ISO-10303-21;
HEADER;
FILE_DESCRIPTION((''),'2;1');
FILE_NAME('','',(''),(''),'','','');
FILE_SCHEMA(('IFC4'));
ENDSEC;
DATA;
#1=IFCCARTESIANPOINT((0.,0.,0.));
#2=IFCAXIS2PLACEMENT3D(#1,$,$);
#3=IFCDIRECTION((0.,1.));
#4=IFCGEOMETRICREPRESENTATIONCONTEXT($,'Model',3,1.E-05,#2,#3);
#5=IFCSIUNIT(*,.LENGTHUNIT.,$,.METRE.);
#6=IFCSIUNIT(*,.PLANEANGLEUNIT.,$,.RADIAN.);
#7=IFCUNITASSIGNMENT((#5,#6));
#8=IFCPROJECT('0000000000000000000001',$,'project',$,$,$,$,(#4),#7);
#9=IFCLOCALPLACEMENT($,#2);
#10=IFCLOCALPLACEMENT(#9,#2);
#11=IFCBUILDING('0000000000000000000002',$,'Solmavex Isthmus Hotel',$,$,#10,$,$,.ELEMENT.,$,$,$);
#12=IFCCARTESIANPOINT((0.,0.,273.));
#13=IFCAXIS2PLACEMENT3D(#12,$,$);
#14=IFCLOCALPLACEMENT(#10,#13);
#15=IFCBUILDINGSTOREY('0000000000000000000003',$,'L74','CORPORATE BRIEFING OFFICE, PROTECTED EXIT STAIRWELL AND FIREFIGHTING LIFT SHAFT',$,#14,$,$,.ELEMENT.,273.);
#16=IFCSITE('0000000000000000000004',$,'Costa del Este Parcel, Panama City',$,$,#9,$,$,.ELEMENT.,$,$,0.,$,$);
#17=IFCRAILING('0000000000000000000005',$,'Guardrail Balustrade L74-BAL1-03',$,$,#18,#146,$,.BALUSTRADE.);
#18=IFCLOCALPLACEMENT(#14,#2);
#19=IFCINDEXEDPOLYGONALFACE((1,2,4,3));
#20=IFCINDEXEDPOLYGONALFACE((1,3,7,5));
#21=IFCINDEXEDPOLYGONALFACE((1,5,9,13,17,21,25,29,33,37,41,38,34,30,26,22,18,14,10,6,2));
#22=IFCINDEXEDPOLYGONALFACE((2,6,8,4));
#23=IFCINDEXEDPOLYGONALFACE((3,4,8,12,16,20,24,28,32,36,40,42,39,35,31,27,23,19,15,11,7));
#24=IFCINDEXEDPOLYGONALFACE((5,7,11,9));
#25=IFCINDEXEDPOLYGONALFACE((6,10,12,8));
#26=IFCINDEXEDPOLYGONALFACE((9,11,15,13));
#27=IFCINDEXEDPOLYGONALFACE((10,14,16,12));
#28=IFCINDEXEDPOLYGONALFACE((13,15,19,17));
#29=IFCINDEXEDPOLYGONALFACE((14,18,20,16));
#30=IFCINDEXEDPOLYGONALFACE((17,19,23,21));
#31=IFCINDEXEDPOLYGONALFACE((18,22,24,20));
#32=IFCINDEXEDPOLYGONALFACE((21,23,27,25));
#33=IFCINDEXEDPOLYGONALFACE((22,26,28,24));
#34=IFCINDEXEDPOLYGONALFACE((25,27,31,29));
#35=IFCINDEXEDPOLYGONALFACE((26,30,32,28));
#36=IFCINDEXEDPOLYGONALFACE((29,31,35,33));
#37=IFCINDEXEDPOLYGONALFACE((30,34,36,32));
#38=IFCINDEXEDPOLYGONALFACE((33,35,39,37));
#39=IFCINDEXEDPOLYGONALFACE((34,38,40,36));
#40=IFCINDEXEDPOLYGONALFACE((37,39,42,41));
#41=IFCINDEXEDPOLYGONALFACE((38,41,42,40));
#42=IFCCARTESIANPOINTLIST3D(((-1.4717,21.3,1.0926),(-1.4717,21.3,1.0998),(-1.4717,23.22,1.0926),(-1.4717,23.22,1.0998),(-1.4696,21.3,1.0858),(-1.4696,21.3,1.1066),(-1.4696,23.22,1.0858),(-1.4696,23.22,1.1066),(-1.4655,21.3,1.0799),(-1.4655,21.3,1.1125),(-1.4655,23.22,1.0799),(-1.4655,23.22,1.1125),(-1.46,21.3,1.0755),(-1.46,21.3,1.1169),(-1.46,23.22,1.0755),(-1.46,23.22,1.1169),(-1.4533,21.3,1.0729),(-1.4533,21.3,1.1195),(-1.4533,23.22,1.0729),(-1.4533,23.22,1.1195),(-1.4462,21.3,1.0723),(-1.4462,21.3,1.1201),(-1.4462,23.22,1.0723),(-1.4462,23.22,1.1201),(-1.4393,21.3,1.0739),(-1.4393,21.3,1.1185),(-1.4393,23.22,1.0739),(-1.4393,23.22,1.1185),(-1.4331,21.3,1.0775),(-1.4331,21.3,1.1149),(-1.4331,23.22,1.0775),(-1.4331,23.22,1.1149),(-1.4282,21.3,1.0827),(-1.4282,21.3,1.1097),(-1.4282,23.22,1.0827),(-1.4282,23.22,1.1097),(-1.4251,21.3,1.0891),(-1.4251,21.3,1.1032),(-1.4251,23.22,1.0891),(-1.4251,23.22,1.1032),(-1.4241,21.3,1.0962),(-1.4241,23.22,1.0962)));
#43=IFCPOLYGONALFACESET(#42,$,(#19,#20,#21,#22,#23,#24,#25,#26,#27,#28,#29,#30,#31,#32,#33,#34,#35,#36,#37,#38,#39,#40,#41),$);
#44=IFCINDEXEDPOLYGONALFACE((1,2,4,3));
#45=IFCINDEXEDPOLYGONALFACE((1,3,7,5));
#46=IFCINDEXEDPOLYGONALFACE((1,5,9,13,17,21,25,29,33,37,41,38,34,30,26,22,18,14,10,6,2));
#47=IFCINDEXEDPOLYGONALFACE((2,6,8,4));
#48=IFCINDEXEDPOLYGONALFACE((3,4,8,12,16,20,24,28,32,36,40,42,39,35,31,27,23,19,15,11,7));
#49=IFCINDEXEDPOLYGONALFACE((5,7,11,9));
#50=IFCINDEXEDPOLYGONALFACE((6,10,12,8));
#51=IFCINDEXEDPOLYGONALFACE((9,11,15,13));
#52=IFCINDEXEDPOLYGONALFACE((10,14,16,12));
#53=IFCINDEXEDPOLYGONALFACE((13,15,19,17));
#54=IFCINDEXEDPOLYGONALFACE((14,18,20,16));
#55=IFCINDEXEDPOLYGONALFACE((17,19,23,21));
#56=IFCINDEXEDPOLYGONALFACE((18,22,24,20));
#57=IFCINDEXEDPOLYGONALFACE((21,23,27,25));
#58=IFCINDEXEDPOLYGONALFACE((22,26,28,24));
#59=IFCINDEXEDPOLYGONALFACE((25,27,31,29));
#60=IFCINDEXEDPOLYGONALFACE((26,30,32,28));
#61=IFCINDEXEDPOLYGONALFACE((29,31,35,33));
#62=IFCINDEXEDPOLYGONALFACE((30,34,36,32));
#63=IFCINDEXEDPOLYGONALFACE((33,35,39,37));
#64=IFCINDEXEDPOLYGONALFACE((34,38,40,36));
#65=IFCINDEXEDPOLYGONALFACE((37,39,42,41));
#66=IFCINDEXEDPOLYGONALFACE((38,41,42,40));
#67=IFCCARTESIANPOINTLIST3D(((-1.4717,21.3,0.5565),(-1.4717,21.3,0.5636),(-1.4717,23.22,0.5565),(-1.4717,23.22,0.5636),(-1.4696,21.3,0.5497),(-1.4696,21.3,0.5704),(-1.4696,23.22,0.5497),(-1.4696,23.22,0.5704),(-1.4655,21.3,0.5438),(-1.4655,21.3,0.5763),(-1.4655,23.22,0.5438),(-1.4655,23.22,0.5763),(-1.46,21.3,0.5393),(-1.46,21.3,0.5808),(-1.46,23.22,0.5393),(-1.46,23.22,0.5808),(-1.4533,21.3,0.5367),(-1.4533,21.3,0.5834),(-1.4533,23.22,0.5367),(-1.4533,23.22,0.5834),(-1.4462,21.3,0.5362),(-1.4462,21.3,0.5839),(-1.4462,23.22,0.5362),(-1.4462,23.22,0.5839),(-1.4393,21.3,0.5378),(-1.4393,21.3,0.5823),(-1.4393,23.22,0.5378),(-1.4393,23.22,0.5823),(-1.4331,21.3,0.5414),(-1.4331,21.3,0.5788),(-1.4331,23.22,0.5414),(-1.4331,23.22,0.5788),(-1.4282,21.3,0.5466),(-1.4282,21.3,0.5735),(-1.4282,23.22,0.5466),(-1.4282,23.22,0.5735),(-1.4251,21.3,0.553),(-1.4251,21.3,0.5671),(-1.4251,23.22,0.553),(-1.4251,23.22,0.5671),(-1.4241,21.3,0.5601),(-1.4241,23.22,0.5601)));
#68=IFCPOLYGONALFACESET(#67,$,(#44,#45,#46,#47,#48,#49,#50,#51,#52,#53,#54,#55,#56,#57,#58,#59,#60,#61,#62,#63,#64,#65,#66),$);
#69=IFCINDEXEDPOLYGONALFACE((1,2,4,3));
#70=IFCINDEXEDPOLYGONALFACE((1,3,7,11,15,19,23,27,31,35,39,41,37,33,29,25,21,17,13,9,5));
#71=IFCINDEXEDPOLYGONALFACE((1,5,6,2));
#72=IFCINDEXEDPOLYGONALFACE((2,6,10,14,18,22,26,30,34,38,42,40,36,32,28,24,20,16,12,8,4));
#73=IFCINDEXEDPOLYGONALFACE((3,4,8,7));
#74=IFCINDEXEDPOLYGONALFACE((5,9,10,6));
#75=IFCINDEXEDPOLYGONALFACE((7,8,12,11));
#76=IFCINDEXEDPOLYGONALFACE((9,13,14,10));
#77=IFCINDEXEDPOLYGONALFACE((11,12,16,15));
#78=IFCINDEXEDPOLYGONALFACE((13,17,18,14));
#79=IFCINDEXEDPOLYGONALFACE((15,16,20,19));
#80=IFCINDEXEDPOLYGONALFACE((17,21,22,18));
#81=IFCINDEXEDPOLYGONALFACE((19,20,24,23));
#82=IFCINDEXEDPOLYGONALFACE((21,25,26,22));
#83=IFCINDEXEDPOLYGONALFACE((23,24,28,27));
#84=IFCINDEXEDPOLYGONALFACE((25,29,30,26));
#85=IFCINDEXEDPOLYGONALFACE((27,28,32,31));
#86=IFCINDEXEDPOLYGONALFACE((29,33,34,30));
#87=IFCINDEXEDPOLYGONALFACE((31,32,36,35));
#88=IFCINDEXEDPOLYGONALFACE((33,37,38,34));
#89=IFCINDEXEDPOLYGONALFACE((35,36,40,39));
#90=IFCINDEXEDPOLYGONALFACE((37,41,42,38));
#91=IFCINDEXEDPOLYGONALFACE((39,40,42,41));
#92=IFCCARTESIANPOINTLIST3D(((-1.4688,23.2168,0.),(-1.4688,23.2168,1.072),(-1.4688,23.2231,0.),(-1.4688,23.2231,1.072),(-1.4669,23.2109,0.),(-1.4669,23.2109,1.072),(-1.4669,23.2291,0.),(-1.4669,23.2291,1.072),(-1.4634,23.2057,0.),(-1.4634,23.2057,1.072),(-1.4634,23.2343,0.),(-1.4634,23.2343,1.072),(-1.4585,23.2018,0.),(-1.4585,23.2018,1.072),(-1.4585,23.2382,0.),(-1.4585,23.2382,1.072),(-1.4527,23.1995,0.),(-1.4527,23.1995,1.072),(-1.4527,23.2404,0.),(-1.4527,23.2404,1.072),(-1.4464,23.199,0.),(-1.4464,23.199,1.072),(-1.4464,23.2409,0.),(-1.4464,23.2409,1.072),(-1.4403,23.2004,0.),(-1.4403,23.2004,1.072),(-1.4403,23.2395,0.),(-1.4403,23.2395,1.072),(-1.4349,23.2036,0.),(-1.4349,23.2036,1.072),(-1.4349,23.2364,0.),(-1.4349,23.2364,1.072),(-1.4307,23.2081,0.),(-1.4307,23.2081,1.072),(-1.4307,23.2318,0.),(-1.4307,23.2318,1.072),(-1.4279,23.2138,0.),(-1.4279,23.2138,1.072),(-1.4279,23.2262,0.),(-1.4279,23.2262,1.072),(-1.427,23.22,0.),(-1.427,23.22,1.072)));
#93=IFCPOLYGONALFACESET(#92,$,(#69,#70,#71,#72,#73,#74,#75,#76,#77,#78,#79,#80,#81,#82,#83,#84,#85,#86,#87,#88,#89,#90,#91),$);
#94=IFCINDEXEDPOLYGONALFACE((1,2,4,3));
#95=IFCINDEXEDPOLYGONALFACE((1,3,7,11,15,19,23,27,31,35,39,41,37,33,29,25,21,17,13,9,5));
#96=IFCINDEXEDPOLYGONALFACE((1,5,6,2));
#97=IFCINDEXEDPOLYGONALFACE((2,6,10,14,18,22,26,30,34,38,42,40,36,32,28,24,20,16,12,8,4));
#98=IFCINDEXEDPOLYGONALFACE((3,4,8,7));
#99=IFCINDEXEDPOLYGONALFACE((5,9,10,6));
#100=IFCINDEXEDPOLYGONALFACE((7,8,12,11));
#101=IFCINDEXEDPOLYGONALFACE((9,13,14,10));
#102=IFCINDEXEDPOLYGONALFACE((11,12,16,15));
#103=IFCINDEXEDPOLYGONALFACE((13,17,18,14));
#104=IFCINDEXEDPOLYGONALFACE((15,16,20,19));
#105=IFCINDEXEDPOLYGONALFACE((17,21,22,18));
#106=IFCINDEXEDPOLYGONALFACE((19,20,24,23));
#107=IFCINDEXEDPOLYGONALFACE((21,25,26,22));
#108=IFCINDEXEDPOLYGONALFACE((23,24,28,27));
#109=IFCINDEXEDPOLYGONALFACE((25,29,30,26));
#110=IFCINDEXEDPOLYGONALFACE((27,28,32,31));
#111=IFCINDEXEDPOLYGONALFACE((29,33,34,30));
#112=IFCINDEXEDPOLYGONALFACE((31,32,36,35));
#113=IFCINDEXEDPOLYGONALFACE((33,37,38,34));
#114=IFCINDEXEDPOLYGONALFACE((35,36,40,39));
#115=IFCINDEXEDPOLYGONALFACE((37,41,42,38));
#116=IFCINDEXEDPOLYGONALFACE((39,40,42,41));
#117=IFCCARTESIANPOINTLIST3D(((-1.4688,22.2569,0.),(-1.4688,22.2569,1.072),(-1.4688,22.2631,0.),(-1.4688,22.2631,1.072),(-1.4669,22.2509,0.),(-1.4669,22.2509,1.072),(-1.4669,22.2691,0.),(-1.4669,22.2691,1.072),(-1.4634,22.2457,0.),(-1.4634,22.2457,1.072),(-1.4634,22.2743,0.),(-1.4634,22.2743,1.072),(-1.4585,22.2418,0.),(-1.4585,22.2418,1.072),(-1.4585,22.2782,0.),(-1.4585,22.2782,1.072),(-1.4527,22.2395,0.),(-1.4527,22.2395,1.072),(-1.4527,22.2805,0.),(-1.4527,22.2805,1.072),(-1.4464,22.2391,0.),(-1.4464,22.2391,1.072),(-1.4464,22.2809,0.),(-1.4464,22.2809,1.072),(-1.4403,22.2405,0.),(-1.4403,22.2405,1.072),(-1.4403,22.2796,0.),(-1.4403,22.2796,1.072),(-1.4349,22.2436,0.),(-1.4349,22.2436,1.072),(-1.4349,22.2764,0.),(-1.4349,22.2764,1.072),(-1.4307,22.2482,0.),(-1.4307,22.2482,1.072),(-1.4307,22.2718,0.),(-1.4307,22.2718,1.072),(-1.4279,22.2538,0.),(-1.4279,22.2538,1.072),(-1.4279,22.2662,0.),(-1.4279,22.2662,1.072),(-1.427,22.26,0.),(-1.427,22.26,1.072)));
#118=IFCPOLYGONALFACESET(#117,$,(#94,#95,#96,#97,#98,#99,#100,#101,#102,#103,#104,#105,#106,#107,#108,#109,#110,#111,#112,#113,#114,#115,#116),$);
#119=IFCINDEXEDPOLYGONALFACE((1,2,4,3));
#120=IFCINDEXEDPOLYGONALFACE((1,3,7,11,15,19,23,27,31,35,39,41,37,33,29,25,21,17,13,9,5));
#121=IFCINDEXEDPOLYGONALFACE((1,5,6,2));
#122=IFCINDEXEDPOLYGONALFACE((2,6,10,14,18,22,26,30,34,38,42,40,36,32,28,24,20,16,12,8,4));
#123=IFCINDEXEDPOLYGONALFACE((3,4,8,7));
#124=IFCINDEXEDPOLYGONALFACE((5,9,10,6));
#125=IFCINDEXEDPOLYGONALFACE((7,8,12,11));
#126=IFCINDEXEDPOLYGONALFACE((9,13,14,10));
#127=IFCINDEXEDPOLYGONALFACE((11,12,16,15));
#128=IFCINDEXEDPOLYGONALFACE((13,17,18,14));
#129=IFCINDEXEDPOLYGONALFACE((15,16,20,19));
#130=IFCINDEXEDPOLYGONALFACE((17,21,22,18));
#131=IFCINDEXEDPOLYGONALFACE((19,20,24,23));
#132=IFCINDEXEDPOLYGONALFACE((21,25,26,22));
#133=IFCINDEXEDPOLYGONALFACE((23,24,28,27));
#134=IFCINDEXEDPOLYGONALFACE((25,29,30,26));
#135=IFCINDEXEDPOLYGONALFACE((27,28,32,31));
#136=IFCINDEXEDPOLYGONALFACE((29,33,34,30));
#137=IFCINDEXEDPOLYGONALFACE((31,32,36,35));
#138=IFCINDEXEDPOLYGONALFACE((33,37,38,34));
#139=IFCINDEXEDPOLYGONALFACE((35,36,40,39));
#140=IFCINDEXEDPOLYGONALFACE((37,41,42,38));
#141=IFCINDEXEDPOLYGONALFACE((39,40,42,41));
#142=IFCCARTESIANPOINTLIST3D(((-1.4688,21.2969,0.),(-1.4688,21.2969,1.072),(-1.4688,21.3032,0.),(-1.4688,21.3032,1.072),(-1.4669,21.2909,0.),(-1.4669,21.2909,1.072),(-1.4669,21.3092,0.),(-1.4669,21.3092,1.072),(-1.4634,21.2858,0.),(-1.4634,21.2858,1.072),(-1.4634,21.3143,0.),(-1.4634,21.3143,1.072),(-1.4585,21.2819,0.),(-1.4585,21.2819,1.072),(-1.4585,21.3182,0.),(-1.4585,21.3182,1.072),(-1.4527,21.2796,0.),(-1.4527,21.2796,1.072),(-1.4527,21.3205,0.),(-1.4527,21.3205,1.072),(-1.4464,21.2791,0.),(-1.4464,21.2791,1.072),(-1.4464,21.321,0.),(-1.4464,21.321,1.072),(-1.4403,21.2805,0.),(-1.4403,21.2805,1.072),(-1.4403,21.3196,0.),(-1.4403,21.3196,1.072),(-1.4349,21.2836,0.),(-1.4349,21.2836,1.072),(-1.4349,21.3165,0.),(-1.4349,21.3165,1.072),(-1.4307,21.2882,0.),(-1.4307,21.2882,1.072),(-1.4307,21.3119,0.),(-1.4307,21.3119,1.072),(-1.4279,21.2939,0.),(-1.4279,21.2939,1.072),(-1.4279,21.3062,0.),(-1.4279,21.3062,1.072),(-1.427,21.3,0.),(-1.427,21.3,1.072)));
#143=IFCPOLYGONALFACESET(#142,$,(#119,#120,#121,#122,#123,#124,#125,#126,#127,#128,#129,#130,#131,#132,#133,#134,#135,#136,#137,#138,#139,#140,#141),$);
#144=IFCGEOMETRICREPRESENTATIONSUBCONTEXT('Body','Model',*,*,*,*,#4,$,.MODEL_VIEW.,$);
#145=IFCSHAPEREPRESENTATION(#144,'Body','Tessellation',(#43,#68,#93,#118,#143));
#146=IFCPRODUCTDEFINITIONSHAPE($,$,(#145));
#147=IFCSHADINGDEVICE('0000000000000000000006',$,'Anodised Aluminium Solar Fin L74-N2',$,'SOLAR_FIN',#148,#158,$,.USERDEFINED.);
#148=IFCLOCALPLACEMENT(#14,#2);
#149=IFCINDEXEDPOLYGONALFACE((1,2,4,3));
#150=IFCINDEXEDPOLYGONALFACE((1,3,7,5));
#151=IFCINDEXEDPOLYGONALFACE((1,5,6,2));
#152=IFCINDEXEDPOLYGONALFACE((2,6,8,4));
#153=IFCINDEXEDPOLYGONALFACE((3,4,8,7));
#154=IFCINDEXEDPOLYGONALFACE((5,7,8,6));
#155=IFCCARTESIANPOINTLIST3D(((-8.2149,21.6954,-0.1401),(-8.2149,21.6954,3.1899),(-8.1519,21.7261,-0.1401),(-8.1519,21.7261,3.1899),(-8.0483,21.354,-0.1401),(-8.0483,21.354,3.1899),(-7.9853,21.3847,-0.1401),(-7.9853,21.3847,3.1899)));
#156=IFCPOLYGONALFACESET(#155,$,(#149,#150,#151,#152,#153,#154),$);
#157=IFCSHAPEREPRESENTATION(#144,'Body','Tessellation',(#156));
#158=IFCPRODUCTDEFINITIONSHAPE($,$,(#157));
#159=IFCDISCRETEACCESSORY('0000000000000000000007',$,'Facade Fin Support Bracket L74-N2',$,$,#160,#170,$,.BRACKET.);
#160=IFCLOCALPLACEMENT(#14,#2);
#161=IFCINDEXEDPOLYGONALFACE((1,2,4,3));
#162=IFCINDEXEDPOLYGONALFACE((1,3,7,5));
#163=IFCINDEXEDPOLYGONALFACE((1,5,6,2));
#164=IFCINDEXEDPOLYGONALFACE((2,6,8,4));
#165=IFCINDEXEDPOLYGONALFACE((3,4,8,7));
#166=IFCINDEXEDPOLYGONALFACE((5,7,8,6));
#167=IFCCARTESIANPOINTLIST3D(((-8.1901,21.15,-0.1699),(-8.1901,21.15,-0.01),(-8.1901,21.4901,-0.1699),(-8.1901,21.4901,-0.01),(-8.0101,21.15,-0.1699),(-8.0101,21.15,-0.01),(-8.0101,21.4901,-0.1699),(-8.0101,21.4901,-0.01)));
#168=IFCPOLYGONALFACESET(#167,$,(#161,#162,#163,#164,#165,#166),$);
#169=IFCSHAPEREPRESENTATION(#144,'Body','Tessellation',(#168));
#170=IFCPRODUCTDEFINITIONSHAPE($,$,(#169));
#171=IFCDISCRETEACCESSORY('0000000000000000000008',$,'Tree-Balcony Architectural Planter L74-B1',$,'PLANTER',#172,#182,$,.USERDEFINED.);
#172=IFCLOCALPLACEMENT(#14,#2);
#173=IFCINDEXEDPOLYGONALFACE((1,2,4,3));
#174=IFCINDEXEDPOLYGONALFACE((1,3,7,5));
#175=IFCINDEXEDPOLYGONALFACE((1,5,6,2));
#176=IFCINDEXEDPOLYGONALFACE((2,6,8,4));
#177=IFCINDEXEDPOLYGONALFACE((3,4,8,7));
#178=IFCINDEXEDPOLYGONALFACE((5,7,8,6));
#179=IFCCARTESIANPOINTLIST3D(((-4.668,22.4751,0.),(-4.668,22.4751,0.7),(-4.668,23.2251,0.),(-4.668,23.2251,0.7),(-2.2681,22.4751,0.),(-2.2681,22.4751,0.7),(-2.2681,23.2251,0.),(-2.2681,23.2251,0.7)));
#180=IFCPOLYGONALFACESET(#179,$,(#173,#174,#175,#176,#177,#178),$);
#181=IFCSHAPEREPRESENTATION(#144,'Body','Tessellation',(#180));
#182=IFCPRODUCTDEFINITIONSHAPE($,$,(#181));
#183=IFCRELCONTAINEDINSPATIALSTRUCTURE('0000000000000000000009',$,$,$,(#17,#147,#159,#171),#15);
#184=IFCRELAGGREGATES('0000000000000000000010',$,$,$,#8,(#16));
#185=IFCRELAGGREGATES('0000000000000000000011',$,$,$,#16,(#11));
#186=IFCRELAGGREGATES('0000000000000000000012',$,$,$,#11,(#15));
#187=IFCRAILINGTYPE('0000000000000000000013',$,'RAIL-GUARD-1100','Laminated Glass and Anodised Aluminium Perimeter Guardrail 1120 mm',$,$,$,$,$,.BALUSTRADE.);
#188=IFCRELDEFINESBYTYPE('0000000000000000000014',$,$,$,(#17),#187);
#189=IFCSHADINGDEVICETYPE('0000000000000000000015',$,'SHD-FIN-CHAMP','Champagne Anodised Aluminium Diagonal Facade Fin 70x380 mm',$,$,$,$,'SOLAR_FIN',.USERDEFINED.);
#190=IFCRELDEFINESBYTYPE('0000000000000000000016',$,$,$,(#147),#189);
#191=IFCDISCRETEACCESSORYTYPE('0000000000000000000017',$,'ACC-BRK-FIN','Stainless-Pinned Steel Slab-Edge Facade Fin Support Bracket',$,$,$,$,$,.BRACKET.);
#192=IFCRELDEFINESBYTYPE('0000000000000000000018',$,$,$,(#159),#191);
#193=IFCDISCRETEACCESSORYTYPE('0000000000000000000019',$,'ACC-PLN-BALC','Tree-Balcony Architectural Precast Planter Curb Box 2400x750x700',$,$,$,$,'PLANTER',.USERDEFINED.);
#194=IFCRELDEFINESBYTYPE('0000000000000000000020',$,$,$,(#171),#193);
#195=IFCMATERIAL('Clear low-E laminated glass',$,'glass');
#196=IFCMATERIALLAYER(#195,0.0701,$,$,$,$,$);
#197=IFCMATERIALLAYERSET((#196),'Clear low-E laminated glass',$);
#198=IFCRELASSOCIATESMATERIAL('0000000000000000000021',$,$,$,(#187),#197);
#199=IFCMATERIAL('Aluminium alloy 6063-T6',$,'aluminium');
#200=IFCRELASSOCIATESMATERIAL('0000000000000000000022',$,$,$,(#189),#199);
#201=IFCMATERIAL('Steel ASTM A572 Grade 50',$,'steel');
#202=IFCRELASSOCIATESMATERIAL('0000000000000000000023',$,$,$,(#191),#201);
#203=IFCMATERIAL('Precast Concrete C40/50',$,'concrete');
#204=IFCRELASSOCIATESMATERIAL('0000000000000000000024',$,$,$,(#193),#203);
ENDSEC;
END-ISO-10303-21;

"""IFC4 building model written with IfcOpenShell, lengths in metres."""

from ifc_helpers import new_model, si_unit, direction, frame, origin, origin_2d, place, context, subcontext, project, spatial, rectangle, circle, extrude, material, layer, layer_set, type_object, element, save


model = new_model("IFC4")

# Units and contexts
model_context = context("Model", 3, precision=1e-05, world=origin(), true_north=direction((0.0, 1.0)))
body_context = subcontext(model_context, "Body", "Model", "MODEL_VIEW")
ifc_project = project(units=[si_unit("LENGTHUNIT", "METRE"), si_unit("PLANEANGLEUNIT", "RADIAN")], contexts=[model_context])

# Site, building, storey
site_placement = place(None, origin())
site = spatial("IfcSite", under=ifc_project, at=site_placement, Name="Costa del Este Parcel, Panama City", CompositionType="ELEMENT", RefElevation=0.0)
building_placement = place(site_placement, origin())
building = spatial("IfcBuilding", under=site, at=building_placement, Name="Solmavex Isthmus Hotel", CompositionType="ELEMENT")
storey_placement = place(building_placement, frame((0.0, 0.0, 273.0)))
storey = spatial("IfcBuildingStorey", under=building, at=storey_placement, Name="L74", Description="CORPORATE BRIEFING OFFICE, PROTECTED EXIT STAIRWELL AND FIREFIGHTING LIFT SHAFT", CompositionType="ELEMENT", Elevation=273.0)

# Shared definitions
ifc_material_1 = material(Name="Aluminium alloy 6063-T6", Category="aluminium")

# Shared definitions
ifc_material_2 = material(Name="Clear low-E laminated glass", Category="glass")

# Shared definitions
ifc_material_3 = material(Name="Precast Concrete C40/50", Category="concrete")

# Railing
ifc_layer_1 = layer(ifc_material_2, 0.0701)
ifc_layer_set_1 = layer_set([ifc_layer_1], Name="Clear low-E laminated glass")
railing_type = type_object("IfcRailingType", Name="RAIL-GUARD-1100", Description="Laminated Glass and Anodised Aluminium Perimeter Guardrail 1120 mm", PredefinedType="BALUSTRADE", material=ifc_layer_set_1)
railing_1_placement = place(storey_placement, frame((-1.448, 23.22, 0.0)))
element("IfcRailing", 1, at=railing_1_placement, inside=storey, type_object=railing_type, Name="Guardrail Balustrade L74-BAL1-03", PredefinedType="BALUSTRADE", context=body_context, shape_type="SweptSolid", body=[
    extrude(circle(Radius=0.0239, at=origin_2d()), frame((0.0, 0.0, 1.0962), z_axis=(0.0, -1.0, 0.0), x_axis=(1.0, 0.0, 0.0)), (0.0, 0.0, 1.0), 1.9199),
    extrude(circle(Radius=0.0239, at=origin_2d()), frame((0.0, 0.0, 0.5601), z_axis=(0.0, -1.0, 0.0), x_axis=(1.0, 0.0, 0.0)), (0.0, 0.0, 1.0), 1.9199),
    extrude(circle(Radius=0.021, at=origin_2d()), origin(), (0.0, 0.0, 1.0), 1.072),
    extrude(circle(Radius=0.021, at=origin_2d()), frame((0.0, -0.96, 0.0)), (0.0, 0.0, 1.0), 1.072),
    extrude(circle(Radius=0.021, at=origin_2d()), frame((0.0, -1.9199, 0.0)), (0.0, 0.0, 1.0), 1.072),
])

# Shading device
shading_device_type = type_object("IfcShadingDeviceType", Name="SHD-FIN-CHAMP", Description="Champagne Anodised Aluminium Diagonal Facade Fin 70x380 mm", ElementType="SOLAR_FIN", PredefinedType="USERDEFINED", material=ifc_material_1)
shading_device_placement = place(storey_placement, frame((-8.1001, 21.54, -0.1401), z_axis=(0.0, 0.0, 1.0), x_axis=(-0.438371, 0.898794, 0.0)))
element("IfcShadingDevice", 2, at=shading_device_placement, inside=storey, type_object=shading_device_type, Name="Anodised Aluminium Solar Fin L74-N2", ObjectType="SOLAR_FIN", PredefinedType="USERDEFINED", context=body_context, shape_type="SweptSolid", body=[
    extrude(rectangle(XDim=0.3799, YDim=0.0701, at=origin_2d()), origin(), (0.0, 0.0, 1.0), 3.3301),
])

# Discrete accessories
ifc_material_4 = material(Name="Steel ASTM A572 Grade 50", Category="steel")
discrete_accessory_type_1 = type_object("IfcDiscreteAccessoryType", Name="ACC-BRK-FIN", Description="Stainless-Pinned Steel Slab-Edge Facade Fin Support Bracket", PredefinedType="BRACKET", material=ifc_material_4)
discrete_accessory_1_placement = place(storey_placement, frame((-8.1001, 21.3201, -0.1699), z_axis=(0.0, 0.0, 1.0), x_axis=(0.0, 1.0, 0.0)))
element("IfcDiscreteAccessory", 3, at=discrete_accessory_1_placement, inside=storey, type_object=discrete_accessory_type_1, Name="Facade Fin Support Bracket L74-N2", PredefinedType="BRACKET", context=body_context, shape_type="SweptSolid", body=[
    extrude(rectangle(XDim=0.3401, YDim=0.1799, at=origin_2d()), origin(), (0.0, 0.0, 1.0), 0.1599),
])
discrete_accessory_type_2 = type_object("IfcDiscreteAccessoryType", Name="ACC-PLN-BALC", Description="Tree-Balcony Architectural Precast Planter Curb Box 2400x750x700", ElementType="PLANTER", PredefinedType="USERDEFINED", material=ifc_material_3)
discrete_accessory_2_placement = place(storey_placement, frame((-3.468, 22.8501, 0.0), z_axis=(0.0, 0.0, 1.0), x_axis=(1.0, 0.0, 0.0)))
element("IfcDiscreteAccessory", 4, at=discrete_accessory_2_placement, inside=storey, type_object=discrete_accessory_type_2, Name="Tree-Balcony Architectural Planter L74-B1", ObjectType="PLANTER", PredefinedType="USERDEFINED", context=body_context, shape_type="SweptSolid", body=[
    extrude(rectangle(XDim=2.3999, YDim=0.75, at=origin_2d()), origin(), (0.0, 0.0, 1.0), 0.7),
])

save(model, "model.ifc")
